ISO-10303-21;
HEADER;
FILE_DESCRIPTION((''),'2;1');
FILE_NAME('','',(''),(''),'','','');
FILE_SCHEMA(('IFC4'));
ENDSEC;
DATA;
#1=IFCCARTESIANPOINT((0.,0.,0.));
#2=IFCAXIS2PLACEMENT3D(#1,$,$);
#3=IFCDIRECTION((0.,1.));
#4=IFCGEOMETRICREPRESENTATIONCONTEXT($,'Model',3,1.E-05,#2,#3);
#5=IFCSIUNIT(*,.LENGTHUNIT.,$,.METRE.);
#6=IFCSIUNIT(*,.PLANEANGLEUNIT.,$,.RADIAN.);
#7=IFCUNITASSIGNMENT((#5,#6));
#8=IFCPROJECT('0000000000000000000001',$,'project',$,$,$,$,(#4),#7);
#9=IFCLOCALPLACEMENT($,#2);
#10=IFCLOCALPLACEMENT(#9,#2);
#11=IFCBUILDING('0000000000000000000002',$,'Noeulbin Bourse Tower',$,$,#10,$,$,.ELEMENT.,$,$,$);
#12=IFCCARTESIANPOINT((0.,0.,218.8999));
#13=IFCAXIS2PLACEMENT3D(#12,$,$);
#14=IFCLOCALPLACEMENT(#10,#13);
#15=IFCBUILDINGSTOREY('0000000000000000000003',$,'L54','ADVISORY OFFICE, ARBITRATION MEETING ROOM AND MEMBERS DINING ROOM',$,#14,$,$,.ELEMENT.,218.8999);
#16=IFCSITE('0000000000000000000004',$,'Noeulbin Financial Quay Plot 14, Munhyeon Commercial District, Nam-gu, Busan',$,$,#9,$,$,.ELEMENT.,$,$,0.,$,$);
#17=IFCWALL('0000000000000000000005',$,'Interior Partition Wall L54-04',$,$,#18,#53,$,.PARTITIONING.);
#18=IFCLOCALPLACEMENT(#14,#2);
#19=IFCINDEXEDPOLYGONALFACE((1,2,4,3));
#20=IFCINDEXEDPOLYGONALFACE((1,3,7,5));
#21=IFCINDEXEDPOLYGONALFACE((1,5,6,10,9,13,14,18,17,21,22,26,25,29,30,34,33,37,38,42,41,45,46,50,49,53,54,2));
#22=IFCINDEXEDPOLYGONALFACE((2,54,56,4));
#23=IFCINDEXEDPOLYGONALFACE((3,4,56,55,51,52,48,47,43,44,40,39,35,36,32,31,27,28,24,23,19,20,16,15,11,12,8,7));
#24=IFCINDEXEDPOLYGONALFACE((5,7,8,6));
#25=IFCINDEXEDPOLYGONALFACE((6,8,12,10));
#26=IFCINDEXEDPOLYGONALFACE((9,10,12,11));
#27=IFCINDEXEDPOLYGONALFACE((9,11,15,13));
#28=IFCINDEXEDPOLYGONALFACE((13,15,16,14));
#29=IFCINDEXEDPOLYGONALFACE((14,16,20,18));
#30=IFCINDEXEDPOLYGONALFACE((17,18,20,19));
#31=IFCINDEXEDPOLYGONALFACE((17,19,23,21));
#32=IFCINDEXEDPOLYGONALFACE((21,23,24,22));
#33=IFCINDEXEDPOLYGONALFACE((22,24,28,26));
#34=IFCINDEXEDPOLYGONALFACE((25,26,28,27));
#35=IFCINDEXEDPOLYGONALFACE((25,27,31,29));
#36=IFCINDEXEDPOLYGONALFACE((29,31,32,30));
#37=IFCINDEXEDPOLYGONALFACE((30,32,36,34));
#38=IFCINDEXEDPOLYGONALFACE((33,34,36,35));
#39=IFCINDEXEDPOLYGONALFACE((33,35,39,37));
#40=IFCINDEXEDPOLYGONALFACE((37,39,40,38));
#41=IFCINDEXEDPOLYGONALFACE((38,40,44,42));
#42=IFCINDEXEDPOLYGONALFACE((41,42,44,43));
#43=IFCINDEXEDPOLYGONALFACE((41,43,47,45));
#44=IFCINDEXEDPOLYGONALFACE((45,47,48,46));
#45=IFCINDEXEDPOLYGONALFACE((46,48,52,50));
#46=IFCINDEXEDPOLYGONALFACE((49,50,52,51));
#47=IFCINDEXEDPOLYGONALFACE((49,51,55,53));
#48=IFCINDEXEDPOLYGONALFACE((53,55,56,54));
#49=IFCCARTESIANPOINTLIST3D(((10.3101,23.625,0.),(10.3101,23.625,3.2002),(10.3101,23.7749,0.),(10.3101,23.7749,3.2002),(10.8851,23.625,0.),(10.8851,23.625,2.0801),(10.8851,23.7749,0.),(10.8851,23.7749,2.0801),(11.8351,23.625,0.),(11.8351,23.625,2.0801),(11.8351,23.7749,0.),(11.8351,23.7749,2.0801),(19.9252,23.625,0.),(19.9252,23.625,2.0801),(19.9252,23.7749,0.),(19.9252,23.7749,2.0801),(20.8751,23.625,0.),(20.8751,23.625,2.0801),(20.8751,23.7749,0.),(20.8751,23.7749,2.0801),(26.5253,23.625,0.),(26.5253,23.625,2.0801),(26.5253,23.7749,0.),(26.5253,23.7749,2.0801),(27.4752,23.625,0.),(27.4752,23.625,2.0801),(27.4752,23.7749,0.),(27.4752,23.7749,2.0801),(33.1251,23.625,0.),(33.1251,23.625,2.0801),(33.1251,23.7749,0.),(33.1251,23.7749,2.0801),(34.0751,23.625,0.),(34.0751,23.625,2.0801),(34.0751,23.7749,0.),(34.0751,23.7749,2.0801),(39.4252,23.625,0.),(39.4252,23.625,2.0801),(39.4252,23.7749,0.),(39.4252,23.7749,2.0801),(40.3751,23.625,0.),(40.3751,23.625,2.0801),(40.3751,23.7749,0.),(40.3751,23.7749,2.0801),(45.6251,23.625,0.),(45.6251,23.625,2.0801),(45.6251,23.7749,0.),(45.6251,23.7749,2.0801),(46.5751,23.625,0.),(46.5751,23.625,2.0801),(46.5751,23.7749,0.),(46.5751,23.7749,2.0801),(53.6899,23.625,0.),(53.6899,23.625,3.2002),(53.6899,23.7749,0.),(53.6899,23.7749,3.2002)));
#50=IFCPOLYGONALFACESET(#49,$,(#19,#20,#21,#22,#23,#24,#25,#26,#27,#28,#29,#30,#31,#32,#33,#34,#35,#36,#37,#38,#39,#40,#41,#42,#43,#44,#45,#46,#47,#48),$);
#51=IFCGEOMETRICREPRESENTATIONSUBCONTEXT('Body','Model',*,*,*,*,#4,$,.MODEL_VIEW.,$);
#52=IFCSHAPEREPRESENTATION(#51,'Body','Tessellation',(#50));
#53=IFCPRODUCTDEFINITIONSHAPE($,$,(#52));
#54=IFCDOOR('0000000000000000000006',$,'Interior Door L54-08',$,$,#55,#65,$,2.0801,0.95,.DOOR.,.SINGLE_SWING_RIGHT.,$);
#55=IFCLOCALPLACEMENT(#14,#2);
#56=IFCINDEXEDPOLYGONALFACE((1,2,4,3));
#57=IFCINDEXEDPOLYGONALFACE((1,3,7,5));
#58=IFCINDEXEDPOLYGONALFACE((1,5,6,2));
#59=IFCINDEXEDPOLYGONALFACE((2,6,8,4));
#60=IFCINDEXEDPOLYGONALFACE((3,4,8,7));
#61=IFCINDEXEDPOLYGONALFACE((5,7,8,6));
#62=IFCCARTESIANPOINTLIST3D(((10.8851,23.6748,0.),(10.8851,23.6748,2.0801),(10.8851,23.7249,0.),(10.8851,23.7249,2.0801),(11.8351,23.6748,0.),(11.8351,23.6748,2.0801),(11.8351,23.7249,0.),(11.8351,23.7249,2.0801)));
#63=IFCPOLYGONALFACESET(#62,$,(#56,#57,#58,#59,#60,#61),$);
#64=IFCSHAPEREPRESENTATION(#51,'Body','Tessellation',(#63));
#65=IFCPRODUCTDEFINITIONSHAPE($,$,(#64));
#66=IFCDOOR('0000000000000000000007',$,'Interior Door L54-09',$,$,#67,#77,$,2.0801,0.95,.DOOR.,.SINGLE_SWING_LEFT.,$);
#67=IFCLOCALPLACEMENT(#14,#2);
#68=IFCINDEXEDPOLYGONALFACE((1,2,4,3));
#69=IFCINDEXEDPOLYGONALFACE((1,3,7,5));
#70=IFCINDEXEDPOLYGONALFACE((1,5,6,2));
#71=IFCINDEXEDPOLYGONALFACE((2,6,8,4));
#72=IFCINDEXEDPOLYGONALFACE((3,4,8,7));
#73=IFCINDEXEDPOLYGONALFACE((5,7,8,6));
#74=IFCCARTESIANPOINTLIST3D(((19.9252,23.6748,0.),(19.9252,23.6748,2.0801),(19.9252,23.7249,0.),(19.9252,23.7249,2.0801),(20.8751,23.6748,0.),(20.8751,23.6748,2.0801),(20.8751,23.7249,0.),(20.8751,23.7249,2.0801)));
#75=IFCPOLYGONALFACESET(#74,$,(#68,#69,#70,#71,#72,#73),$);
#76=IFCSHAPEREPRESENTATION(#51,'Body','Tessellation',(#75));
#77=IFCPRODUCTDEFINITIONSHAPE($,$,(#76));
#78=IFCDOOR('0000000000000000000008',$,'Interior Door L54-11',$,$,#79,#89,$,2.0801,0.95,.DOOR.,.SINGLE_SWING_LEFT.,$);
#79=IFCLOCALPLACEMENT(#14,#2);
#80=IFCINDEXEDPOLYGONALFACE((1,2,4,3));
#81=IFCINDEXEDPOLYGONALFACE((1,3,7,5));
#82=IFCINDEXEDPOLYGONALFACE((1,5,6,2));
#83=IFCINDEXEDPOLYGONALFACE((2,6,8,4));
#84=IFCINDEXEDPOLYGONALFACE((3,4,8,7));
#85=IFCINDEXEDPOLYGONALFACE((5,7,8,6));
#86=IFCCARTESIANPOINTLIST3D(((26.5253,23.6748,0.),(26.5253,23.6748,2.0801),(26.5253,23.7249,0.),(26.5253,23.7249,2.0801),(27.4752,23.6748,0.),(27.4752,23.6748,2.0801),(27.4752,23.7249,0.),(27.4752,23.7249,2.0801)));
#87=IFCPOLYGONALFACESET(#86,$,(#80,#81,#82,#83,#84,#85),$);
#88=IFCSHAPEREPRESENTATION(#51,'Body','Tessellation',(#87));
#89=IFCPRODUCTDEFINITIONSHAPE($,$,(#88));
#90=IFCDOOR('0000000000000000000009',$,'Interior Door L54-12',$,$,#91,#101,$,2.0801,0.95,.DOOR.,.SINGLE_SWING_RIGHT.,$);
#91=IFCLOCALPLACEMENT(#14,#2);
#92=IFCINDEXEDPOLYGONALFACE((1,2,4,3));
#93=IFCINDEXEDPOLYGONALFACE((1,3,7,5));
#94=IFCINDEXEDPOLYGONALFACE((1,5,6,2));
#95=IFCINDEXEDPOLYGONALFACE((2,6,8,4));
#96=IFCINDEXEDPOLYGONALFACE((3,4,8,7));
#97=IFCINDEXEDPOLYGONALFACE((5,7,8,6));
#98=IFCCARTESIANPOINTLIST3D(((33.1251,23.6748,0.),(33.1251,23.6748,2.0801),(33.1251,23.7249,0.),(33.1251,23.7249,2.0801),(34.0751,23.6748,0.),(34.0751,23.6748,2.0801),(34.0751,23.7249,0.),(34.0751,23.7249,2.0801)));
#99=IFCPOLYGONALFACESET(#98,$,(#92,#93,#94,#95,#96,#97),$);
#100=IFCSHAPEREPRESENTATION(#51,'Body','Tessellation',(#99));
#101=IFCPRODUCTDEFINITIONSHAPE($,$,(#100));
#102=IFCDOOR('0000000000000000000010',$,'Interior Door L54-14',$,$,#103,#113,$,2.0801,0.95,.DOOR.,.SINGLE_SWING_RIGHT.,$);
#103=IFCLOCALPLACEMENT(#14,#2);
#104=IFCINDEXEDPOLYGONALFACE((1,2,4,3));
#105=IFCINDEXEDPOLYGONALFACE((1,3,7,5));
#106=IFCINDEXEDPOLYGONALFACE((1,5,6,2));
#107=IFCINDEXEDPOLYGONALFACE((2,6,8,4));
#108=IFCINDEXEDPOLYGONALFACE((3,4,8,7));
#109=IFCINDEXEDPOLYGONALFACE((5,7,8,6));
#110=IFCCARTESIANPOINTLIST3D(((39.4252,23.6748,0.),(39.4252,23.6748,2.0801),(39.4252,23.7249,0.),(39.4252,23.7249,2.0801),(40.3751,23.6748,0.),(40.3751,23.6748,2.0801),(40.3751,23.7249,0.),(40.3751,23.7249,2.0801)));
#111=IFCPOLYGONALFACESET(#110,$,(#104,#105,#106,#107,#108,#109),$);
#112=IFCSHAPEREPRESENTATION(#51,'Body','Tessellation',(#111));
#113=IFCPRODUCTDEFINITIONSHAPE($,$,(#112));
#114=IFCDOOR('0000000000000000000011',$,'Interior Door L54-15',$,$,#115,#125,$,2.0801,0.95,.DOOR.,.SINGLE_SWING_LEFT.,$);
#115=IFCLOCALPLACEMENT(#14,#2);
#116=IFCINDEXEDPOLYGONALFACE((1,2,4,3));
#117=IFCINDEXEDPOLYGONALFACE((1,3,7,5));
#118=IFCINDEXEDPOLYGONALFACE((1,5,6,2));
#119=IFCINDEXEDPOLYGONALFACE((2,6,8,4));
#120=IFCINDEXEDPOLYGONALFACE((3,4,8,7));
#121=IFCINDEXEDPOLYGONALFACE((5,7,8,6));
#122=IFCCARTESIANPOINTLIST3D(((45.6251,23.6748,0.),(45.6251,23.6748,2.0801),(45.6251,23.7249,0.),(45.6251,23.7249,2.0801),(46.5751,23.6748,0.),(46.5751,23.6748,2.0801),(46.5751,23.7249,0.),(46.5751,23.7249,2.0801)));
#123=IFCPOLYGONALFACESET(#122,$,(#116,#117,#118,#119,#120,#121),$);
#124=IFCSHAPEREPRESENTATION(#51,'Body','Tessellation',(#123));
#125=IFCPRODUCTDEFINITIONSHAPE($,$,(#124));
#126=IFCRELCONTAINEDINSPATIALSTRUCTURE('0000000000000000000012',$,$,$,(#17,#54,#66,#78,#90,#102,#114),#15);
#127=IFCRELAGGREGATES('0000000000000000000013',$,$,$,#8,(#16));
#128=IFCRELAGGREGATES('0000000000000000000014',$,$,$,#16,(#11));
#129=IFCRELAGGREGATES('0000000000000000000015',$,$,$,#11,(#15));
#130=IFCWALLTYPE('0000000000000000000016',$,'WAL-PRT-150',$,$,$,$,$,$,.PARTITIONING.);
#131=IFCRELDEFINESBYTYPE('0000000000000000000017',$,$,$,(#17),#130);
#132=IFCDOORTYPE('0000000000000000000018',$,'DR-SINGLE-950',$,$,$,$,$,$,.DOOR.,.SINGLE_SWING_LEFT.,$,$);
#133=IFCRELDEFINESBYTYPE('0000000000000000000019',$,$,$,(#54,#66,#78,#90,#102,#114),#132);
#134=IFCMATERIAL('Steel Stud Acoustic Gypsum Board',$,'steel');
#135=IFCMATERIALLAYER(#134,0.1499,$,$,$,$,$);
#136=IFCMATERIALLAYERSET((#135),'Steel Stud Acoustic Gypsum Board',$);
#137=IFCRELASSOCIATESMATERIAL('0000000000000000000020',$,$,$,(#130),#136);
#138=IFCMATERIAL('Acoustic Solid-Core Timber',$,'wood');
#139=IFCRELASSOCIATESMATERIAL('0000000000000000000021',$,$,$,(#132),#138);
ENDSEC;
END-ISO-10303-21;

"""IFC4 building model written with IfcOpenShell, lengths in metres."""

from ifc_helpers import new_model, si_unit, direction, frame, frame_2d, origin, place, context, subcontext, project, spatial, rectangle, extrude, material, layer, layer_set, type_object, element, fill, save


model = new_model("IFC4")

# Units and contexts
model_context = context("Model", 3, precision=1e-05, world=origin(), true_north=direction((0.0, 1.0)))
body_context = subcontext(model_context, "Body", "Model", "MODEL_VIEW")
ifc_project = project(units=[si_unit("LENGTHUNIT", "METRE"), si_unit("PLANEANGLEUNIT", "RADIAN")], contexts=[model_context])

# Site, building, storey
site_placement = place(None, origin())
site = spatial("IfcSite", under=ifc_project, at=site_placement, Name="Noeulbin Financial Quay Plot 14, Munhyeon Commercial District, Nam-gu, Busan", CompositionType="ELEMENT", RefElevation=0.0)
building_placement = place(site_placement, origin())
building = spatial("IfcBuilding", under=site, at=building_placement, Name="Noeulbin Bourse Tower", CompositionType="ELEMENT")
storey_placement = place(building_placement, frame((0.0, 0.0, 218.8999)))
storey = spatial("IfcBuildingStorey", under=building, at=storey_placement, Name="L54", Description="ADVISORY OFFICE, ARBITRATION MEETING ROOM AND MEMBERS DINING ROOM", CompositionType="ELEMENT", Elevation=218.8999)

# Wall, openings, doors
ifc_material_1 = material(Name="Steel Stud Acoustic Gypsum Board", Category="steel")
ifc_layer_1 = layer(ifc_material_1, 0.1499)
ifc_layer_set_1 = layer_set([ifc_layer_1], Name="Steel Stud Acoustic Gypsum Board")
wall_type = type_object("IfcWallType", Name="WAL-PRT-150", PredefinedType="PARTITIONING", material=ifc_layer_set_1)
wall_placement = place(storey_placement, frame((10.3101, 23.7, 0.0), z_axis=(0.0, 0.0, 1.0), x_axis=(1.0, 0.0, 0.0)))
wall = element("IfcWall", 1, at=wall_placement, inside=storey, type_object=wall_type, Name="Interior Partition Wall L54-04", PredefinedType="PARTITIONING", context=body_context, shape_type="SweptSolid", body=[
    extrude(rectangle(XDim=43.3799, YDim=0.1499, at=frame_2d((21.6899, 0.0))), origin(), (0.0, 0.0, 1.0), 3.2002),
])
opening_1_placement = place(wall_placement, frame((0.575, 0.0, 0.0)))
opening_1 = element("IfcOpeningElement", 2, at=opening_1_placement, cuts=wall, PredefinedType="OPENING", context=body_context, shape_type="SweptSolid", body=[
    extrude(rectangle(XDim=0.95, YDim=2.0801, at=frame_2d((0.4751, 1.04))), frame((0.0, 0.085, 0.0), z_axis=(0.0, -1.0, 0.0), x_axis=(1.0, 0.0, 0.0)), (0.0, 0.0, 1.0), 0.1699),
])
opening_2_placement = place(wall_placement, frame((9.615, 0.0, 0.0)))
opening_2 = element("IfcOpeningElement", 3, at=opening_2_placement, cuts=wall, PredefinedType="OPENING", context=body_context, shape_type="SweptSolid", body=[
    extrude(rectangle(XDim=0.95, YDim=2.0801, at=frame_2d((0.4751, 1.04))), frame((0.0, 0.085, 0.0), z_axis=(0.0, -1.0, 0.0), x_axis=(1.0, 0.0, 0.0)), (0.0, 0.0, 1.0), 0.1699),
])
opening_3_placement = place(wall_placement, frame((16.2151, 0.0, 0.0)))
opening_3 = element("IfcOpeningElement", 4, at=opening_3_placement, cuts=wall, PredefinedType="OPENING", context=body_context, shape_type="SweptSolid", body=[
    extrude(rectangle(XDim=0.95, YDim=2.0801, at=frame_2d((0.4751, 1.04))), frame((0.0, 0.085, 0.0), z_axis=(0.0, -1.0, 0.0), x_axis=(1.0, 0.0, 0.0)), (0.0, 0.0, 1.0), 0.1699),
])
opening_4_placement = place(wall_placement, frame((22.8149, 0.0, 0.0)))
opening_4 = element("IfcOpeningElement", 5, at=opening_4_placement, cuts=wall, PredefinedType="OPENING", context=body_context, shape_type="SweptSolid", body=[
    extrude(rectangle(XDim=0.95, YDim=2.0801, at=frame_2d((0.4751, 1.04))), frame((0.0, 0.085, 0.0), z_axis=(0.0, -1.0, 0.0), x_axis=(1.0, 0.0, 0.0)), (0.0, 0.0, 1.0), 0.1699),
])
opening_5_placement = place(wall_placement, frame((29.115, 0.0, 0.0)))
opening_5 = element("IfcOpeningElement", 6, at=opening_5_placement, cuts=wall, PredefinedType="OPENING", context=body_context, shape_type="SweptSolid", body=[
    extrude(rectangle(XDim=0.95, YDim=2.0801, at=frame_2d((0.4751, 1.04))), frame((0.0, 0.085, 0.0), z_axis=(0.0, -1.0, 0.0), x_axis=(1.0, 0.0, 0.0)), (0.0, 0.0, 1.0), 0.1699),
])
opening_6_placement = place(wall_placement, frame((35.3149, 0.0, 0.0)))
opening_6 = element("IfcOpeningElement", 7, at=opening_6_placement, cuts=wall, PredefinedType="OPENING", context=body_context, shape_type="SweptSolid", body=[
    extrude(rectangle(XDim=0.95, YDim=2.0801, at=frame_2d((0.4751, 1.04))), frame((0.0, 0.085, 0.0), z_axis=(0.0, -1.0, 0.0), x_axis=(1.0, 0.0, 0.0)), (0.0, 0.0, 1.0), 0.1699),
])
ifc_material_2 = material(Name="Acoustic Solid-Core Timber", Category="wood")
door_type = type_object("IfcDoorType", Name="DR-SINGLE-950", OperationType="SINGLE_SWING_LEFT", PredefinedType="DOOR", material=ifc_material_2)
door_1_placement = place(opening_1_placement, origin())
door_1 = element("IfcDoor", 8, at=door_1_placement, inside=storey, type_object=door_type, Name="Interior Door L54-08", OperationType="SINGLE_SWING_RIGHT", OverallHeight=2.0801, OverallWidth=0.95, PredefinedType="DOOR", context=body_context, shape_type="SweptSolid", body=[
    extrude(rectangle(XDim=0.95, YDim=2.0801, at=frame_2d((0.4751, 1.04))), frame((0.0, 0.0249, 0.0), z_axis=(0.0, -1.0, 0.0), x_axis=(1.0, 0.0, 0.0)), (0.0, 0.0, 1.0), 0.05),
])
fill(opening_1, door_1)
door_2_placement = place(opening_2_placement, origin())
door_2 = element("IfcDoor", 9, at=door_2_placement, inside=storey, type_object=door_type, Name="Interior Door L54-09", OperationType="SINGLE_SWING_LEFT", OverallHeight=2.0801, OverallWidth=0.95, PredefinedType="DOOR", context=body_context, shape_type="SweptSolid", body=[
    extrude(rectangle(XDim=0.95, YDim=2.0801, at=frame_2d((0.4751, 1.04))), frame((0.0, 0.0249, 0.0), z_axis=(0.0, -1.0, 0.0), x_axis=(1.0, 0.0, 0.0)), (0.0, 0.0, 1.0), 0.05),
])
fill(opening_2, door_2)
door_3_placement = place(opening_3_placement, origin())
door_3 = element("IfcDoor", 10, at=door_3_placement, inside=storey, type_object=door_type, Name="Interior Door L54-11", OperationType="SINGLE_SWING_LEFT", OverallHeight=2.0801, OverallWidth=0.95, PredefinedType="DOOR", context=body_context, shape_type="SweptSolid", body=[
    extrude(rectangle(XDim=0.95, YDim=2.0801, at=frame_2d((0.4751, 1.04))), frame((0.0, 0.0249, 0.0), z_axis=(0.0, -1.0, 0.0), x_axis=(1.0, 0.0, 0.0)), (0.0, 0.0, 1.0), 0.05),
])
fill(opening_3, door_3)
door_4_placement = place(opening_4_placement, origin())
door_4 = element("IfcDoor", 11, at=door_4_placement, inside=storey, type_object=door_type, Name="Interior Door L54-12", OperationType="SINGLE_SWING_RIGHT", OverallHeight=2.0801, OverallWidth=0.95, PredefinedType="DOOR", context=body_context, shape_type="SweptSolid", body=[
    extrude(rectangle(XDim=0.95, YDim=2.0801, at=frame_2d((0.4751, 1.04))), frame((0.0, 0.0249, 0.0), z_axis=(0.0, -1.0, 0.0), x_axis=(1.0, 0.0, 0.0)), (0.0, 0.0, 1.0), 0.05),
])
fill(opening_4, door_4)
door_5_placement = place(opening_5_placement, origin())
door_5 = element("IfcDoor", 12, at=door_5_placement, inside=storey, type_object=door_type, Name="Interior Door L54-14", OperationType="SINGLE_SWING_RIGHT", OverallHeight=2.0801, OverallWidth=0.95, PredefinedType="DOOR", context=body_context, shape_type="SweptSolid", body=[
    extrude(rectangle(XDim=0.95, YDim=2.0801, at=frame_2d((0.4751, 1.04))), frame((0.0, 0.0249, 0.0), z_axis=(0.0, -1.0, 0.0), x_axis=(1.0, 0.0, 0.0)), (0.0, 0.0, 1.0), 0.05),
])
fill(opening_5, door_5)
door_6_placement = place(opening_6_placement, origin())
door_6 = element("IfcDoor", 13, at=door_6_placement, inside=storey, type_object=door_type, Name="Interior Door L54-15", OperationType="SINGLE_SWING_LEFT", OverallHeight=2.0801, OverallWidth=0.95, PredefinedType="DOOR", context=body_context, shape_type="SweptSolid", body=[
    extrude(rectangle(XDim=0.95, YDim=2.0801, at=frame_2d((0.4751, 1.04))), frame((0.0, 0.0249, 0.0), z_axis=(0.0, -1.0, 0.0), x_axis=(1.0, 0.0, 0.0)), (0.0, 0.0, 1.0), 0.05),
])
fill(opening_6, door_6)

save(model, "model.ifc")
